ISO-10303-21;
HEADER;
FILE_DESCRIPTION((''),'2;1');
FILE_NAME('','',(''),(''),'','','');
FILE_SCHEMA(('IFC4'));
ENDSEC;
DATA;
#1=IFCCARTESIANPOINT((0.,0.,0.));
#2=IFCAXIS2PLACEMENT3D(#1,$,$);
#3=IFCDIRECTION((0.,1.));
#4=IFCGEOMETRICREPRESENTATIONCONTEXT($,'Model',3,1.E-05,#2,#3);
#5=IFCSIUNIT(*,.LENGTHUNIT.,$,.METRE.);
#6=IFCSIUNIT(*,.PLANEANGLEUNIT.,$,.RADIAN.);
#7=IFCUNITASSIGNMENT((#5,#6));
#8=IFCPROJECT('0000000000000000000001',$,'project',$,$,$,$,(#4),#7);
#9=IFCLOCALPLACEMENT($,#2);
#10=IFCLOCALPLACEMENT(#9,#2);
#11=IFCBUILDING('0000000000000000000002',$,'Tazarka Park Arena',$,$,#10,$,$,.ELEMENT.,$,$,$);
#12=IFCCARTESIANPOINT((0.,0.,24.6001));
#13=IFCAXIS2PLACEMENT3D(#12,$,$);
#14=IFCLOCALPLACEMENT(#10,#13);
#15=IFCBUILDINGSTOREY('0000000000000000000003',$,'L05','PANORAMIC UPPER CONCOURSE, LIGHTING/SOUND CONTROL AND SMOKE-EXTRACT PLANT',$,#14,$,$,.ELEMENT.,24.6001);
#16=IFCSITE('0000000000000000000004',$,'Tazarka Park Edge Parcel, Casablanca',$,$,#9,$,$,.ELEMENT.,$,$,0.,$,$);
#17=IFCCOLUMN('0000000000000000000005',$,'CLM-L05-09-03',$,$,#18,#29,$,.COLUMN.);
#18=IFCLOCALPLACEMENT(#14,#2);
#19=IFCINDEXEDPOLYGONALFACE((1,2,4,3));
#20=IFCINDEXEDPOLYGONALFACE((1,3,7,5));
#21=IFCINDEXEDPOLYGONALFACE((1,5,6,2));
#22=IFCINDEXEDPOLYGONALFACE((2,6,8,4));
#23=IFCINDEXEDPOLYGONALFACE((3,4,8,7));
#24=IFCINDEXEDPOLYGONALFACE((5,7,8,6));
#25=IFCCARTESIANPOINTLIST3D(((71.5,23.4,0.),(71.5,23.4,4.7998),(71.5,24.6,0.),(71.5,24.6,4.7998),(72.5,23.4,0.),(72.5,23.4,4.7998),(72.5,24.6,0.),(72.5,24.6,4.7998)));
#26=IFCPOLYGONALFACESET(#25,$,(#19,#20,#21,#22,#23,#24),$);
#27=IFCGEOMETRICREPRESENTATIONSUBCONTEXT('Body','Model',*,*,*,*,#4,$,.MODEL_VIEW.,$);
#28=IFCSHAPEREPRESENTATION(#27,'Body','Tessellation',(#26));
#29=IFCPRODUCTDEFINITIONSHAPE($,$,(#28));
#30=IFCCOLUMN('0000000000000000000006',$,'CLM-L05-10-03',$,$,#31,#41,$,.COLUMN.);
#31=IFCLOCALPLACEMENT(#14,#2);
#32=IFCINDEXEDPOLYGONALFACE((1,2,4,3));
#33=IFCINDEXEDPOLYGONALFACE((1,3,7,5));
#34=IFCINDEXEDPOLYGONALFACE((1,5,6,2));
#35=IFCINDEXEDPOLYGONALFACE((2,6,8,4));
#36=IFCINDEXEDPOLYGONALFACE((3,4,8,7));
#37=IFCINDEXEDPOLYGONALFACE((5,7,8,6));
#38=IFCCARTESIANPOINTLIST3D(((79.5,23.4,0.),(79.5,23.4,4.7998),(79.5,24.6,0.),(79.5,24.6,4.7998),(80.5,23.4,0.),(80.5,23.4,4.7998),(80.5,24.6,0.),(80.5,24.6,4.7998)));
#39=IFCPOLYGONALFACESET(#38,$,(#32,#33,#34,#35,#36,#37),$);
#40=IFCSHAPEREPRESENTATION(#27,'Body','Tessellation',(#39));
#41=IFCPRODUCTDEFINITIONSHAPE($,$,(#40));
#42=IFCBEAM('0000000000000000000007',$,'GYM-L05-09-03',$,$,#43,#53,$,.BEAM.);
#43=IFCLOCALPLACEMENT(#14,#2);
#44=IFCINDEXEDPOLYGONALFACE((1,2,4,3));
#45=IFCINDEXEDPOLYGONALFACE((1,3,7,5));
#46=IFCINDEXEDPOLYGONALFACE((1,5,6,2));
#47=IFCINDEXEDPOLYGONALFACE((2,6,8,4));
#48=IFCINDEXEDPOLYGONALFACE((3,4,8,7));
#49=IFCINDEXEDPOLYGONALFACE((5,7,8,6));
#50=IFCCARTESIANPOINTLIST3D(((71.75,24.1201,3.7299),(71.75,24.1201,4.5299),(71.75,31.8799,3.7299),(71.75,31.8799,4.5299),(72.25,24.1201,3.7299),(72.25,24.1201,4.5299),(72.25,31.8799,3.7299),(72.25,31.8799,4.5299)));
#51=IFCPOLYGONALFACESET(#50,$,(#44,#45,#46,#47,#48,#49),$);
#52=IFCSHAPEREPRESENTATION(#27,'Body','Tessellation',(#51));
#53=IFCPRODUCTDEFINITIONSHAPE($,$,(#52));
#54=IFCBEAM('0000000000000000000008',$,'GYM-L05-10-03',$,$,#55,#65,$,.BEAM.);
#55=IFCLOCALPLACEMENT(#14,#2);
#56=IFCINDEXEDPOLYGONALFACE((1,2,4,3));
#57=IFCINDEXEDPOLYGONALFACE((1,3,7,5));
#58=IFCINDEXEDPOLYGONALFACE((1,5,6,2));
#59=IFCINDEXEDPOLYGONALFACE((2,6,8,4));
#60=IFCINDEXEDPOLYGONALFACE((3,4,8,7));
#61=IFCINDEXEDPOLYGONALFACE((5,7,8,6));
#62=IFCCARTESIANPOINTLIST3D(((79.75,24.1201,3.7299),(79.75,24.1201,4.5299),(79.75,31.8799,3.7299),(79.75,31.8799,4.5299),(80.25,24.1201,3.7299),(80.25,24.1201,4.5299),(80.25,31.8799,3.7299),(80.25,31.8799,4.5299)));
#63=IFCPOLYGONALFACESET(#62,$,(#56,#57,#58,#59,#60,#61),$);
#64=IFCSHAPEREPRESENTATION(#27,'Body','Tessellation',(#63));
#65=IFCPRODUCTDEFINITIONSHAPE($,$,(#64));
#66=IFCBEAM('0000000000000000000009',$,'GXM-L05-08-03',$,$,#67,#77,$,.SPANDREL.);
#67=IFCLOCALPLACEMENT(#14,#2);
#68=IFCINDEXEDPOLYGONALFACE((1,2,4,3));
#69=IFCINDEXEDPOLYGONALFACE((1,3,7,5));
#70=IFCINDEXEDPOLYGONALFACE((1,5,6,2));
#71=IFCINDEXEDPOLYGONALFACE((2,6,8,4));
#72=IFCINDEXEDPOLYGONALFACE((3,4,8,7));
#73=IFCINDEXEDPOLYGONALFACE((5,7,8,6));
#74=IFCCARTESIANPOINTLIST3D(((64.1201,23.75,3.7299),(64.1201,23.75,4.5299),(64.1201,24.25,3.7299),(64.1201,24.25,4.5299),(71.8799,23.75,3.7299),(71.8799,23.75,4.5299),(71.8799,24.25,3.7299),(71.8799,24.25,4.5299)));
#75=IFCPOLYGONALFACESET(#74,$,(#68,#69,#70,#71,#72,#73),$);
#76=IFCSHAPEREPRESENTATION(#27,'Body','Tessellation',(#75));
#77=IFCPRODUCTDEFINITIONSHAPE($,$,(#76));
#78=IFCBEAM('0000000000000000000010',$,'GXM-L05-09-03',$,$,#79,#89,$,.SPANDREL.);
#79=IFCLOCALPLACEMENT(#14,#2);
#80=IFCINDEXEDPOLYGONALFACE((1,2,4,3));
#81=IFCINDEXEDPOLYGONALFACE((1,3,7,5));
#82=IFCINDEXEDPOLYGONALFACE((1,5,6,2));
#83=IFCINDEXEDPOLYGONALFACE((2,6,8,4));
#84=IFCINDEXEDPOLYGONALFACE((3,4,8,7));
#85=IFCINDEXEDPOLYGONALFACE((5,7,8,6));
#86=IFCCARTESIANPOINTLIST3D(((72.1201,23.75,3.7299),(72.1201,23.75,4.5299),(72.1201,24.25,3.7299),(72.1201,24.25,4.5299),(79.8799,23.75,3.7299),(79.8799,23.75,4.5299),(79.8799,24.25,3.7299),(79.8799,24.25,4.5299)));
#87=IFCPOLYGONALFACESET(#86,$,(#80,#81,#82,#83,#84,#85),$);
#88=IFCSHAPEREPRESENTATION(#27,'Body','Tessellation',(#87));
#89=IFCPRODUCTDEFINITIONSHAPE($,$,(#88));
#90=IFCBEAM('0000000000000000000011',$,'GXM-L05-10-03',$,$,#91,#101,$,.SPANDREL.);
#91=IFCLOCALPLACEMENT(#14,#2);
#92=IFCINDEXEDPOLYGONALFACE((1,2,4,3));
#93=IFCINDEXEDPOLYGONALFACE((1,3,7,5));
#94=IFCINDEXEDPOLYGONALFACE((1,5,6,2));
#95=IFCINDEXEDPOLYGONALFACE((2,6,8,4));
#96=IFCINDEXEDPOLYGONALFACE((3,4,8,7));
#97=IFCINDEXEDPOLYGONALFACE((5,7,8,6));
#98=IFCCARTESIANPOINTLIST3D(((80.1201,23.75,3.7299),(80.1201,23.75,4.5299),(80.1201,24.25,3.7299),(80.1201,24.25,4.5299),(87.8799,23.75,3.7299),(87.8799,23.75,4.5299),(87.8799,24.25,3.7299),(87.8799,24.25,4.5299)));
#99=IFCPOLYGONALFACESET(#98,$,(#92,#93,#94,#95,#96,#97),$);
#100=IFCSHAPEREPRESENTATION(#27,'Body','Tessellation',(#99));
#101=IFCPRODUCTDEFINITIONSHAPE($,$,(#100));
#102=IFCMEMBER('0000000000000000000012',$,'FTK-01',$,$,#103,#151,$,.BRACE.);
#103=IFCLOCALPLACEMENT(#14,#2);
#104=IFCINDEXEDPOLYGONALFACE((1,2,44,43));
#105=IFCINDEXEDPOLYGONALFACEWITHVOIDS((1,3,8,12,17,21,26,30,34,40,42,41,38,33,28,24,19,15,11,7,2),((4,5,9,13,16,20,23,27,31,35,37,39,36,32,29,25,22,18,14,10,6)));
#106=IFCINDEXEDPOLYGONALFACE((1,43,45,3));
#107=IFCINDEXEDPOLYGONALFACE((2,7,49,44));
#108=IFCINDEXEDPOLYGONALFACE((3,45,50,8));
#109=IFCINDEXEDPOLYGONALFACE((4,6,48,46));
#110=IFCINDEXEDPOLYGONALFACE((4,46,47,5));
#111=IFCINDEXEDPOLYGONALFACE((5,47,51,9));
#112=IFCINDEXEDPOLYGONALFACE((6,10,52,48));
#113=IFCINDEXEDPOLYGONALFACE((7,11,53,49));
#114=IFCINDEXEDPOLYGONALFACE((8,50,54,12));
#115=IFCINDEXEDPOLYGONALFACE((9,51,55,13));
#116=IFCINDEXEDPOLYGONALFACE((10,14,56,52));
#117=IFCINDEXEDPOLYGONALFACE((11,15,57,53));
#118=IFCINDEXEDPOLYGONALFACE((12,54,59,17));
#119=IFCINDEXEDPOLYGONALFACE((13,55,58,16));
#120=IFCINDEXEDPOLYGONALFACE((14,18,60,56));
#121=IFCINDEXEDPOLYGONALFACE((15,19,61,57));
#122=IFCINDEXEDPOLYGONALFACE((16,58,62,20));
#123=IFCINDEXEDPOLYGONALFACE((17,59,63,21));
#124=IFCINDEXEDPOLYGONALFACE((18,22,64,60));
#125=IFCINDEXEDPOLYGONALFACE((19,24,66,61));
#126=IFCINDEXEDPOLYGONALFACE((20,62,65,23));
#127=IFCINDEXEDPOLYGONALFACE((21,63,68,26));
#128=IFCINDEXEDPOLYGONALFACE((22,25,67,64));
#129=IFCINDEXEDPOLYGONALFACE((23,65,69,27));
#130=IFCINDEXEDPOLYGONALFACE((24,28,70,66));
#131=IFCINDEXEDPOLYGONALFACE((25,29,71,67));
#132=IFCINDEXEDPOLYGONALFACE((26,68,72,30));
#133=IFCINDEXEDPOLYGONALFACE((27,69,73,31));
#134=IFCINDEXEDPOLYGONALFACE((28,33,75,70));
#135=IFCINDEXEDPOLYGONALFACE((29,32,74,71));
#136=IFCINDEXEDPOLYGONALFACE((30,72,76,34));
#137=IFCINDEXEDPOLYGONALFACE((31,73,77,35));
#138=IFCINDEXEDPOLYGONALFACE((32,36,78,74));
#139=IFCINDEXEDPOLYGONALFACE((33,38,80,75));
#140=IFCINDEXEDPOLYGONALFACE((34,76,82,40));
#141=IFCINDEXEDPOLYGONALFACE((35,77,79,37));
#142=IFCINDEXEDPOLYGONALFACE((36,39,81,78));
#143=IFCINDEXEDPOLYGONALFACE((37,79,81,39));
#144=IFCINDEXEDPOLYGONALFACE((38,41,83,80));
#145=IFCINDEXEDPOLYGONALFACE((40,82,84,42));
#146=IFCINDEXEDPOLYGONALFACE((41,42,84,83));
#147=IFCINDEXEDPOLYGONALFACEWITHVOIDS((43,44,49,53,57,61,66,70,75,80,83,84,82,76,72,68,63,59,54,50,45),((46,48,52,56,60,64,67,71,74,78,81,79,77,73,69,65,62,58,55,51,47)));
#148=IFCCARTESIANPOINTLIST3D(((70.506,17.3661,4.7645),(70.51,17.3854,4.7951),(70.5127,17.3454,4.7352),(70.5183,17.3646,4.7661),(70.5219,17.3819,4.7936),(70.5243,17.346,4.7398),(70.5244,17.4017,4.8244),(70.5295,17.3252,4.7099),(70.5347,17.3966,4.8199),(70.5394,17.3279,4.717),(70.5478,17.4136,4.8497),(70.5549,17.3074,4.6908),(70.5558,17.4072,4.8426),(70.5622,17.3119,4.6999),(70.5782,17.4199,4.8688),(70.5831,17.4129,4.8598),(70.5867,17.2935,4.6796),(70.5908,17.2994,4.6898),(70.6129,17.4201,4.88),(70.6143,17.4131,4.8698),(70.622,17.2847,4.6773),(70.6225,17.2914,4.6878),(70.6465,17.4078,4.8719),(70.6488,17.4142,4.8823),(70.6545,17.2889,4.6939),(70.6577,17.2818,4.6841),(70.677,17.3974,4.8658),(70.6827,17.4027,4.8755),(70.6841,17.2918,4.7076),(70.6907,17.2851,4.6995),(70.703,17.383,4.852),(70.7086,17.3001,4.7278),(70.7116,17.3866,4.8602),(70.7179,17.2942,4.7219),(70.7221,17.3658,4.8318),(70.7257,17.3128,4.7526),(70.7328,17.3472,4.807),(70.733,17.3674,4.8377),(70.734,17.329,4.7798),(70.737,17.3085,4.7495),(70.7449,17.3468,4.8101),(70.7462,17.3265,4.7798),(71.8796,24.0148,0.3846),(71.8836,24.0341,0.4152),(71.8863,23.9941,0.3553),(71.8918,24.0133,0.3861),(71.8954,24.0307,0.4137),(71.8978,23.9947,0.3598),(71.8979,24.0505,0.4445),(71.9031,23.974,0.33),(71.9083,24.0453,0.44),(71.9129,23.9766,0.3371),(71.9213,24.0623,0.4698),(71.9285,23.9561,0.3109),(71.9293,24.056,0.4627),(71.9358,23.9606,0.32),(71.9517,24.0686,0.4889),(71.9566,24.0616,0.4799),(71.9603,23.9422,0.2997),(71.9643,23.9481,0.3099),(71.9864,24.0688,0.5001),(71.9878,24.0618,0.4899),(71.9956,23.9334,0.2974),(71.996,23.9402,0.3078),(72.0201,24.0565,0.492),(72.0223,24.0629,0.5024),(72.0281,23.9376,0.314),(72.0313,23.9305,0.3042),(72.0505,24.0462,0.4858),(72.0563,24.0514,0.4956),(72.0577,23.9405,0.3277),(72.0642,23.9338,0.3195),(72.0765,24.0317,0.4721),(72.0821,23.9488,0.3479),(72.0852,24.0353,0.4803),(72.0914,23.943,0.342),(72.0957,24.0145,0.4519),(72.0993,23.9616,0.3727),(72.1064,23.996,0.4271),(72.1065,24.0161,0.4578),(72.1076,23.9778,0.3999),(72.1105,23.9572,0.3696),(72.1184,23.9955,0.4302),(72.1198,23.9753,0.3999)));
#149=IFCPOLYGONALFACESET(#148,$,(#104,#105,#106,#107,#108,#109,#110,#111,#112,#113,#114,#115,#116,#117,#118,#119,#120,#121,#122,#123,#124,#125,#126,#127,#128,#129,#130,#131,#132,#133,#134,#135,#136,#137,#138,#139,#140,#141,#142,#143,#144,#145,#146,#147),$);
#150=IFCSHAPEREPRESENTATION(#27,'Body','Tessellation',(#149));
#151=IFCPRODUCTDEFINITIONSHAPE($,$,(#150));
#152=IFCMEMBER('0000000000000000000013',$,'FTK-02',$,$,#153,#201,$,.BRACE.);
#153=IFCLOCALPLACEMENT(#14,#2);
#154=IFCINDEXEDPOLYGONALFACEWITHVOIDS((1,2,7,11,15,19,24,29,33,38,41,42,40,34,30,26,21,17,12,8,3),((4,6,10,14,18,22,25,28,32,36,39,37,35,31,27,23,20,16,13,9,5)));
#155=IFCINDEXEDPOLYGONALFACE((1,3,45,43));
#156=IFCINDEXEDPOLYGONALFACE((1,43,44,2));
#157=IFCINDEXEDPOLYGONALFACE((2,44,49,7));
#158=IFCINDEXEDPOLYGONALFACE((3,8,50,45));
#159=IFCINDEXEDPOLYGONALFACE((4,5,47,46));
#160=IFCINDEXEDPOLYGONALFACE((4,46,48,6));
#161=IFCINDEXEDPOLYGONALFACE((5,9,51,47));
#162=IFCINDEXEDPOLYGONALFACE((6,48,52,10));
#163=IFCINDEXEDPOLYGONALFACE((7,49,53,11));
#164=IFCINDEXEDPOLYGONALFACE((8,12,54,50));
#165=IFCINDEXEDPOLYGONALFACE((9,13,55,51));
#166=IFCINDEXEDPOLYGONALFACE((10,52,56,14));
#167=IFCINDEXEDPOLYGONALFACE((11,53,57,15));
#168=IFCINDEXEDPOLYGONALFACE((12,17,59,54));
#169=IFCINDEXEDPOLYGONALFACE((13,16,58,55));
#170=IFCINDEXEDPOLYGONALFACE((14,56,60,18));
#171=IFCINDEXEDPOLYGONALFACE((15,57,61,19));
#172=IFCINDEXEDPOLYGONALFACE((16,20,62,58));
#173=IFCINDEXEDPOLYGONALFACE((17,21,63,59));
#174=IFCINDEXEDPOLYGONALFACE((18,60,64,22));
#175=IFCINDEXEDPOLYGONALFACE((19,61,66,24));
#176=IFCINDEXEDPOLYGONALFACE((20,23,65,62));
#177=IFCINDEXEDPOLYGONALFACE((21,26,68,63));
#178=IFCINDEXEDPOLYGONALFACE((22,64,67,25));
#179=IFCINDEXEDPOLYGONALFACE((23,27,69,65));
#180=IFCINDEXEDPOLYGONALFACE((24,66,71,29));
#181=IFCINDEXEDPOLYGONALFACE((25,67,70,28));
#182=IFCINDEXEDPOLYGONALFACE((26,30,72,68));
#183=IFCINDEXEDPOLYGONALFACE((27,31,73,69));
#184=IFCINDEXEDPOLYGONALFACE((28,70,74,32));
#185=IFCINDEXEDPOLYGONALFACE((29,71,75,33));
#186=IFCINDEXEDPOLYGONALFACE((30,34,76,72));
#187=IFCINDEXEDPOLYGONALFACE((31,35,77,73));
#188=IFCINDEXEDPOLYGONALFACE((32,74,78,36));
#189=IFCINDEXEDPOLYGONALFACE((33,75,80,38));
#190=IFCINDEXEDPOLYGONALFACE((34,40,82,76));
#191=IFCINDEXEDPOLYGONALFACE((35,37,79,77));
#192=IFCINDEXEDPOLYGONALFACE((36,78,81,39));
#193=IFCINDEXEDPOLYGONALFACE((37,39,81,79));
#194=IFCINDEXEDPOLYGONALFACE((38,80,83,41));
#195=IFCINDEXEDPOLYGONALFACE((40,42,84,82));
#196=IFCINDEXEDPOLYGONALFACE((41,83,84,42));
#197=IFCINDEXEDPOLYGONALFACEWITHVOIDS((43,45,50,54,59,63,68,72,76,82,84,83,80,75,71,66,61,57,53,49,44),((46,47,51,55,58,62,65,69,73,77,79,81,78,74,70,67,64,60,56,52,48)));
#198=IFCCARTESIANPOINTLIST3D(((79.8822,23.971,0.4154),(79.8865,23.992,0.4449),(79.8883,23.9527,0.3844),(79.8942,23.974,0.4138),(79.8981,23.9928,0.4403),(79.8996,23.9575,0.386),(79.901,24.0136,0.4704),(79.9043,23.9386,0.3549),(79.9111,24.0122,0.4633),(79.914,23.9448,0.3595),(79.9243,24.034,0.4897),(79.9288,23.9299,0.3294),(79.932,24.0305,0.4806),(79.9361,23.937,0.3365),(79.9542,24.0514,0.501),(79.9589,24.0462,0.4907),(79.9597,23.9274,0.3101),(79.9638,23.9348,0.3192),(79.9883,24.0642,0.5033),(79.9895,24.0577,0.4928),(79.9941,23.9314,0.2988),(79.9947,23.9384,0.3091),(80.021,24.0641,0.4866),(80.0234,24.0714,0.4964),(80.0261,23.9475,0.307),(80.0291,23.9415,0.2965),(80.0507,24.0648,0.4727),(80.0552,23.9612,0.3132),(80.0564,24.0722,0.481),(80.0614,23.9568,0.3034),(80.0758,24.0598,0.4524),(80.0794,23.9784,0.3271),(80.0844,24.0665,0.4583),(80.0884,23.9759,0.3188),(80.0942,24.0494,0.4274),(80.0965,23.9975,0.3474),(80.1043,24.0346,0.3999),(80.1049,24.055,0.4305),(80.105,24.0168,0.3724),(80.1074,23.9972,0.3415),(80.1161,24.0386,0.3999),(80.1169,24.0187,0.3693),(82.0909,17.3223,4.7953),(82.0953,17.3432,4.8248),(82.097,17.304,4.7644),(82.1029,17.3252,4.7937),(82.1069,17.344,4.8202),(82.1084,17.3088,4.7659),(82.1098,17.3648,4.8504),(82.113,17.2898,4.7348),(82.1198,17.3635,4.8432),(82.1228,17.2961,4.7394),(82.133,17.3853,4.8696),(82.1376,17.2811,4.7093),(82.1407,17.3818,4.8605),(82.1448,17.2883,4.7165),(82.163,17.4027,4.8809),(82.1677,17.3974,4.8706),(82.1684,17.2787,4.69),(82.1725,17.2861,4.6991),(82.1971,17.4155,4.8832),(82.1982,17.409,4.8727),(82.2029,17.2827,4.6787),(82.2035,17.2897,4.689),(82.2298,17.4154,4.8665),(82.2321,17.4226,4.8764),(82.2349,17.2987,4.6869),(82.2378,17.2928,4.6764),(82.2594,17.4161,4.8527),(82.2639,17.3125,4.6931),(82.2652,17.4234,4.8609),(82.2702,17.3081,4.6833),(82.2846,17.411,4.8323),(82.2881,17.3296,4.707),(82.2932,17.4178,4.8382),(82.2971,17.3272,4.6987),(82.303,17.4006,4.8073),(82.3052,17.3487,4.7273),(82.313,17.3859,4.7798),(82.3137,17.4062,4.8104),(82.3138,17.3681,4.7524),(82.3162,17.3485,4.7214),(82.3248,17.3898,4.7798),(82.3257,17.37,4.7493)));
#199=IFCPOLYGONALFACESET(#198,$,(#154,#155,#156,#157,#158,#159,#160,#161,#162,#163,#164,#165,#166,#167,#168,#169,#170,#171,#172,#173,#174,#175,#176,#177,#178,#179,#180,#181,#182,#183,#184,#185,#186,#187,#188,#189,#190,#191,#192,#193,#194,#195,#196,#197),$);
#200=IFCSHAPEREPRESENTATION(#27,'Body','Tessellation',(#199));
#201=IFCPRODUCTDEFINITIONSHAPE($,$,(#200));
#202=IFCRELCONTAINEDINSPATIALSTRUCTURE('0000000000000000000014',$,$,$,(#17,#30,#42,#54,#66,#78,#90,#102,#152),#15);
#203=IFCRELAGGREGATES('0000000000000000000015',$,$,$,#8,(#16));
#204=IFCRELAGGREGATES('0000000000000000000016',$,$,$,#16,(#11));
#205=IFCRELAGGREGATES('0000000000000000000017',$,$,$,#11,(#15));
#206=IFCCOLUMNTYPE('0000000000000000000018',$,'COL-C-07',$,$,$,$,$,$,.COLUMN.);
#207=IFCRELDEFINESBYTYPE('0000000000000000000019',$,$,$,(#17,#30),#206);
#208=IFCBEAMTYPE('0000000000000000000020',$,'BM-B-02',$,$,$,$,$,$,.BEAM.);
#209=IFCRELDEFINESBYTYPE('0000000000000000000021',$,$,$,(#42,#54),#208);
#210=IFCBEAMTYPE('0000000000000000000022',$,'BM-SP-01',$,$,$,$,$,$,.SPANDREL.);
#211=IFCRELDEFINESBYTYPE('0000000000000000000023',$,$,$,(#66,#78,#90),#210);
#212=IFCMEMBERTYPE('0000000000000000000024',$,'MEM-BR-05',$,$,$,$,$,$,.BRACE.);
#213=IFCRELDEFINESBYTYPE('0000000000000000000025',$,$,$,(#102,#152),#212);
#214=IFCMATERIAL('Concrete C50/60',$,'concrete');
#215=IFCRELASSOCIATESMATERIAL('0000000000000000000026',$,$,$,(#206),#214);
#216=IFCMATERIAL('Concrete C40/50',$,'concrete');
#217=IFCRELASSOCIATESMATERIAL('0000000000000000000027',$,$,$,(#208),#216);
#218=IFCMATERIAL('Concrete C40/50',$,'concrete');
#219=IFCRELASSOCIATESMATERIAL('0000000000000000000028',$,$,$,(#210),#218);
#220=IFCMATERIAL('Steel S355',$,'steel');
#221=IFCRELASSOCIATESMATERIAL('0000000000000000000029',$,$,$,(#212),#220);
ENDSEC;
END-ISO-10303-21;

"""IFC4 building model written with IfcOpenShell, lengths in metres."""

from ifc_helpers import new_model, si_unit, direction, frame, origin, origin_2d, place, context, subcontext, project, spatial, rectangle, hollow_circle, extrude, material, material_profile, profile_set, type_object, element, save


model = new_model("IFC4")

# Units and contexts
model_context = context("Model", 3, precision=1e-05, world=origin(), true_north=direction((0.0, 1.0)))
body_context = subcontext(model_context, "Body", "Model", "MODEL_VIEW")
ifc_project = project(units=[si_unit("LENGTHUNIT", "METRE"), si_unit("PLANEANGLEUNIT", "RADIAN")], contexts=[model_context])

# Site, building, storey
site_placement = place(None, origin())
site = spatial("IfcSite", under=ifc_project, at=site_placement, Name="Tazarka Park Edge Parcel, Casablanca", CompositionType="ELEMENT", RefElevation=0.0)
building_placement = place(site_placement, origin())
building = spatial("IfcBuilding", under=site, at=building_placement, Name="Tazarka Park Arena", CompositionType="ELEMENT")
storey_placement = place(building_placement, frame((0.0, 0.0, 24.6001)))
storey = spatial("IfcBuildingStorey", under=building, at=storey_placement, Name="L05", Description="PANORAMIC UPPER CONCOURSE, LIGHTING/SOUND CONTROL AND SMOKE-EXTRACT PLANT", CompositionType="ELEMENT", Elevation=24.6001)

# Columns
ifc_material_1 = material(Name="Concrete C50/60", Category="concrete")
ifc_material_profile_1 = material_profile(ifc_material_1, rectangle(XDim=1.0, YDim=1.2, at=origin_2d()), Name="Concrete C50/60")
ifc_profile_set_1 = profile_set([ifc_material_profile_1], Name="Concrete C50/60")
column_type = type_object("IfcColumnType", Name="COL-C-07", PredefinedType="COLUMN", material=ifc_profile_set_1)
for number, where, z_axis, x_axis, name in (
    (1, (72.0, 24.0, 0.0), (0.0, 0.0, 1.0), (1.0, 0.0, 0.0), "CLM-L05-09-03"),
    (2, (80.0, 24.0, 0.0), (0.0, 0.0, 1.0), (1.0, 0.0, 0.0), "CLM-L05-10-03"),
):
    element("IfcColumn", number, at=place(storey_placement, frame(where, z_axis=z_axis, x_axis=x_axis)), inside=storey, type_object=column_type, Name=name, PredefinedType="COLUMN", context=body_context, shape_type="SweptSolid", body=[
        extrude(rectangle(XDim=1.0, YDim=1.2, at=origin_2d()), origin(), (0.0, 0.0, 1.0), 4.7998),
    ])

# Beams
ifc_material_2 = material(Name="Concrete C40/50", Category="concrete")
ifc_material_profile_2 = material_profile(ifc_material_2, rectangle(XDim=0.5, YDim=0.8, at=origin_2d()), Name="Concrete C40/50")
ifc_profile_set_2 = profile_set([ifc_material_profile_2], Name="Concrete C40/50")
beam_type_1 = type_object("IfcBeamType", Name="BM-B-02", PredefinedType="BEAM", material=ifc_profile_set_2)
for number, where, z_axis, x_axis, name in (
    (3, (72.0, 24.1201, 4.1299), (0.0, 1.0, 0.0), (-1.0, 0.0, 0.0), "GYM-L05-09-03"),
    (4, (80.0, 24.1201, 4.1299), (0.0, 1.0, 0.0), (-1.0, 0.0, 0.0), "GYM-L05-10-03"),
):
    element("IfcBeam", number, at=place(storey_placement, frame(where, z_axis=z_axis, x_axis=x_axis)), inside=storey, type_object=beam_type_1, Name=name, PredefinedType="BEAM", context=body_context, shape_type="SweptSolid", body=[
        extrude(rectangle(XDim=0.5, YDim=0.8, at=origin_2d()), origin(), (0.0, 0.0, 1.0), 7.7598),
    ])
ifc_material_3 = material(Name="Concrete C40/50", Category="concrete")
ifc_material_profile_3 = material_profile(ifc_material_3, rectangle(XDim=0.5, YDim=0.8, at=origin_2d()), Name="Concrete C40/50")
ifc_profile_set_3 = profile_set([ifc_material_profile_3], Name="Concrete C40/50")
beam_type_2 = type_object("IfcBeamType", Name="BM-SP-01", PredefinedType="SPANDREL", material=ifc_profile_set_3)
for number, where, z_axis, x_axis, name in (
    (5, (64.1201, 24.0, 4.1299), (1.0, 0.0, 0.0), (0.0, 1.0, 0.0), "GXM-L05-08-03"),
    (6, (72.1201, 24.0, 4.1299), (1.0, 0.0, 0.0), (0.0, 1.0, 0.0), "GXM-L05-09-03"),
    (7, (80.1201, 24.0, 4.1299), (1.0, 0.0, 0.0), (0.0, 1.0, 0.0), "GXM-L05-10-03"),
):
    element("IfcBeam", number, at=place(storey_placement, frame(where, z_axis=z_axis, x_axis=x_axis)), inside=storey, type_object=beam_type_2, Name=name, PredefinedType="SPANDREL", context=body_context, shape_type="SweptSolid", body=[
        extrude(rectangle(XDim=0.5, YDim=0.8, at=origin_2d()), origin(), (0.0, 0.0, 1.0), 7.7598),
    ])

# Members
ifc_material_4 = material(Name="Steel S355", Category="steel")
ifc_material_profile_4 = material_profile(ifc_material_4, hollow_circle(Radius=0.1223, WallThickness=0.0125, at=origin_2d()), Name="Steel S355")
ifc_profile_set_4 = profile_set([ifc_material_profile_4], Name="Steel S355")
member_type_1 = type_object("IfcMemberType", Name="MEM-BR-05", PredefinedType="BRACE", material=ifc_profile_set_4)
member_1_placement = place(storey_placement, frame((72.0, 24.0, 0.3999), z_axis=(-0.170007, -0.822929, 0.542112), x_axis=(0.97932, -0.202315, 0.0)))
element("IfcMember", 8, at=member_1_placement, inside=storey, type_object=member_type_1, Name="FTK-01", PredefinedType="BRACE", context=body_context, shape_type="SweptSolid", body=[
    extrude(hollow_circle(Radius=0.1223, WallThickness=0.0125, at=origin_2d()), origin(), (0.0, 0.0, 1.0), 8.0793),
])
member_2_placement = place(storey_placement, frame((80.0, 24.0, 0.3999), z_axis=(0.267325, -0.804694, 0.5301), x_axis=(0.949003, 0.315266, 0.0)))
element("IfcMember", 9, at=member_2_placement, inside=storey, type_object=member_type_1, Name="FTK-02", PredefinedType="BRACE", context=body_context, shape_type="SweptSolid", body=[
    extrude(hollow_circle(Radius=0.1223, WallThickness=0.0125, at=origin_2d()), origin(), (0.0, 0.0, 1.0), 8.2625),
])

save(model, "model.ifc")
